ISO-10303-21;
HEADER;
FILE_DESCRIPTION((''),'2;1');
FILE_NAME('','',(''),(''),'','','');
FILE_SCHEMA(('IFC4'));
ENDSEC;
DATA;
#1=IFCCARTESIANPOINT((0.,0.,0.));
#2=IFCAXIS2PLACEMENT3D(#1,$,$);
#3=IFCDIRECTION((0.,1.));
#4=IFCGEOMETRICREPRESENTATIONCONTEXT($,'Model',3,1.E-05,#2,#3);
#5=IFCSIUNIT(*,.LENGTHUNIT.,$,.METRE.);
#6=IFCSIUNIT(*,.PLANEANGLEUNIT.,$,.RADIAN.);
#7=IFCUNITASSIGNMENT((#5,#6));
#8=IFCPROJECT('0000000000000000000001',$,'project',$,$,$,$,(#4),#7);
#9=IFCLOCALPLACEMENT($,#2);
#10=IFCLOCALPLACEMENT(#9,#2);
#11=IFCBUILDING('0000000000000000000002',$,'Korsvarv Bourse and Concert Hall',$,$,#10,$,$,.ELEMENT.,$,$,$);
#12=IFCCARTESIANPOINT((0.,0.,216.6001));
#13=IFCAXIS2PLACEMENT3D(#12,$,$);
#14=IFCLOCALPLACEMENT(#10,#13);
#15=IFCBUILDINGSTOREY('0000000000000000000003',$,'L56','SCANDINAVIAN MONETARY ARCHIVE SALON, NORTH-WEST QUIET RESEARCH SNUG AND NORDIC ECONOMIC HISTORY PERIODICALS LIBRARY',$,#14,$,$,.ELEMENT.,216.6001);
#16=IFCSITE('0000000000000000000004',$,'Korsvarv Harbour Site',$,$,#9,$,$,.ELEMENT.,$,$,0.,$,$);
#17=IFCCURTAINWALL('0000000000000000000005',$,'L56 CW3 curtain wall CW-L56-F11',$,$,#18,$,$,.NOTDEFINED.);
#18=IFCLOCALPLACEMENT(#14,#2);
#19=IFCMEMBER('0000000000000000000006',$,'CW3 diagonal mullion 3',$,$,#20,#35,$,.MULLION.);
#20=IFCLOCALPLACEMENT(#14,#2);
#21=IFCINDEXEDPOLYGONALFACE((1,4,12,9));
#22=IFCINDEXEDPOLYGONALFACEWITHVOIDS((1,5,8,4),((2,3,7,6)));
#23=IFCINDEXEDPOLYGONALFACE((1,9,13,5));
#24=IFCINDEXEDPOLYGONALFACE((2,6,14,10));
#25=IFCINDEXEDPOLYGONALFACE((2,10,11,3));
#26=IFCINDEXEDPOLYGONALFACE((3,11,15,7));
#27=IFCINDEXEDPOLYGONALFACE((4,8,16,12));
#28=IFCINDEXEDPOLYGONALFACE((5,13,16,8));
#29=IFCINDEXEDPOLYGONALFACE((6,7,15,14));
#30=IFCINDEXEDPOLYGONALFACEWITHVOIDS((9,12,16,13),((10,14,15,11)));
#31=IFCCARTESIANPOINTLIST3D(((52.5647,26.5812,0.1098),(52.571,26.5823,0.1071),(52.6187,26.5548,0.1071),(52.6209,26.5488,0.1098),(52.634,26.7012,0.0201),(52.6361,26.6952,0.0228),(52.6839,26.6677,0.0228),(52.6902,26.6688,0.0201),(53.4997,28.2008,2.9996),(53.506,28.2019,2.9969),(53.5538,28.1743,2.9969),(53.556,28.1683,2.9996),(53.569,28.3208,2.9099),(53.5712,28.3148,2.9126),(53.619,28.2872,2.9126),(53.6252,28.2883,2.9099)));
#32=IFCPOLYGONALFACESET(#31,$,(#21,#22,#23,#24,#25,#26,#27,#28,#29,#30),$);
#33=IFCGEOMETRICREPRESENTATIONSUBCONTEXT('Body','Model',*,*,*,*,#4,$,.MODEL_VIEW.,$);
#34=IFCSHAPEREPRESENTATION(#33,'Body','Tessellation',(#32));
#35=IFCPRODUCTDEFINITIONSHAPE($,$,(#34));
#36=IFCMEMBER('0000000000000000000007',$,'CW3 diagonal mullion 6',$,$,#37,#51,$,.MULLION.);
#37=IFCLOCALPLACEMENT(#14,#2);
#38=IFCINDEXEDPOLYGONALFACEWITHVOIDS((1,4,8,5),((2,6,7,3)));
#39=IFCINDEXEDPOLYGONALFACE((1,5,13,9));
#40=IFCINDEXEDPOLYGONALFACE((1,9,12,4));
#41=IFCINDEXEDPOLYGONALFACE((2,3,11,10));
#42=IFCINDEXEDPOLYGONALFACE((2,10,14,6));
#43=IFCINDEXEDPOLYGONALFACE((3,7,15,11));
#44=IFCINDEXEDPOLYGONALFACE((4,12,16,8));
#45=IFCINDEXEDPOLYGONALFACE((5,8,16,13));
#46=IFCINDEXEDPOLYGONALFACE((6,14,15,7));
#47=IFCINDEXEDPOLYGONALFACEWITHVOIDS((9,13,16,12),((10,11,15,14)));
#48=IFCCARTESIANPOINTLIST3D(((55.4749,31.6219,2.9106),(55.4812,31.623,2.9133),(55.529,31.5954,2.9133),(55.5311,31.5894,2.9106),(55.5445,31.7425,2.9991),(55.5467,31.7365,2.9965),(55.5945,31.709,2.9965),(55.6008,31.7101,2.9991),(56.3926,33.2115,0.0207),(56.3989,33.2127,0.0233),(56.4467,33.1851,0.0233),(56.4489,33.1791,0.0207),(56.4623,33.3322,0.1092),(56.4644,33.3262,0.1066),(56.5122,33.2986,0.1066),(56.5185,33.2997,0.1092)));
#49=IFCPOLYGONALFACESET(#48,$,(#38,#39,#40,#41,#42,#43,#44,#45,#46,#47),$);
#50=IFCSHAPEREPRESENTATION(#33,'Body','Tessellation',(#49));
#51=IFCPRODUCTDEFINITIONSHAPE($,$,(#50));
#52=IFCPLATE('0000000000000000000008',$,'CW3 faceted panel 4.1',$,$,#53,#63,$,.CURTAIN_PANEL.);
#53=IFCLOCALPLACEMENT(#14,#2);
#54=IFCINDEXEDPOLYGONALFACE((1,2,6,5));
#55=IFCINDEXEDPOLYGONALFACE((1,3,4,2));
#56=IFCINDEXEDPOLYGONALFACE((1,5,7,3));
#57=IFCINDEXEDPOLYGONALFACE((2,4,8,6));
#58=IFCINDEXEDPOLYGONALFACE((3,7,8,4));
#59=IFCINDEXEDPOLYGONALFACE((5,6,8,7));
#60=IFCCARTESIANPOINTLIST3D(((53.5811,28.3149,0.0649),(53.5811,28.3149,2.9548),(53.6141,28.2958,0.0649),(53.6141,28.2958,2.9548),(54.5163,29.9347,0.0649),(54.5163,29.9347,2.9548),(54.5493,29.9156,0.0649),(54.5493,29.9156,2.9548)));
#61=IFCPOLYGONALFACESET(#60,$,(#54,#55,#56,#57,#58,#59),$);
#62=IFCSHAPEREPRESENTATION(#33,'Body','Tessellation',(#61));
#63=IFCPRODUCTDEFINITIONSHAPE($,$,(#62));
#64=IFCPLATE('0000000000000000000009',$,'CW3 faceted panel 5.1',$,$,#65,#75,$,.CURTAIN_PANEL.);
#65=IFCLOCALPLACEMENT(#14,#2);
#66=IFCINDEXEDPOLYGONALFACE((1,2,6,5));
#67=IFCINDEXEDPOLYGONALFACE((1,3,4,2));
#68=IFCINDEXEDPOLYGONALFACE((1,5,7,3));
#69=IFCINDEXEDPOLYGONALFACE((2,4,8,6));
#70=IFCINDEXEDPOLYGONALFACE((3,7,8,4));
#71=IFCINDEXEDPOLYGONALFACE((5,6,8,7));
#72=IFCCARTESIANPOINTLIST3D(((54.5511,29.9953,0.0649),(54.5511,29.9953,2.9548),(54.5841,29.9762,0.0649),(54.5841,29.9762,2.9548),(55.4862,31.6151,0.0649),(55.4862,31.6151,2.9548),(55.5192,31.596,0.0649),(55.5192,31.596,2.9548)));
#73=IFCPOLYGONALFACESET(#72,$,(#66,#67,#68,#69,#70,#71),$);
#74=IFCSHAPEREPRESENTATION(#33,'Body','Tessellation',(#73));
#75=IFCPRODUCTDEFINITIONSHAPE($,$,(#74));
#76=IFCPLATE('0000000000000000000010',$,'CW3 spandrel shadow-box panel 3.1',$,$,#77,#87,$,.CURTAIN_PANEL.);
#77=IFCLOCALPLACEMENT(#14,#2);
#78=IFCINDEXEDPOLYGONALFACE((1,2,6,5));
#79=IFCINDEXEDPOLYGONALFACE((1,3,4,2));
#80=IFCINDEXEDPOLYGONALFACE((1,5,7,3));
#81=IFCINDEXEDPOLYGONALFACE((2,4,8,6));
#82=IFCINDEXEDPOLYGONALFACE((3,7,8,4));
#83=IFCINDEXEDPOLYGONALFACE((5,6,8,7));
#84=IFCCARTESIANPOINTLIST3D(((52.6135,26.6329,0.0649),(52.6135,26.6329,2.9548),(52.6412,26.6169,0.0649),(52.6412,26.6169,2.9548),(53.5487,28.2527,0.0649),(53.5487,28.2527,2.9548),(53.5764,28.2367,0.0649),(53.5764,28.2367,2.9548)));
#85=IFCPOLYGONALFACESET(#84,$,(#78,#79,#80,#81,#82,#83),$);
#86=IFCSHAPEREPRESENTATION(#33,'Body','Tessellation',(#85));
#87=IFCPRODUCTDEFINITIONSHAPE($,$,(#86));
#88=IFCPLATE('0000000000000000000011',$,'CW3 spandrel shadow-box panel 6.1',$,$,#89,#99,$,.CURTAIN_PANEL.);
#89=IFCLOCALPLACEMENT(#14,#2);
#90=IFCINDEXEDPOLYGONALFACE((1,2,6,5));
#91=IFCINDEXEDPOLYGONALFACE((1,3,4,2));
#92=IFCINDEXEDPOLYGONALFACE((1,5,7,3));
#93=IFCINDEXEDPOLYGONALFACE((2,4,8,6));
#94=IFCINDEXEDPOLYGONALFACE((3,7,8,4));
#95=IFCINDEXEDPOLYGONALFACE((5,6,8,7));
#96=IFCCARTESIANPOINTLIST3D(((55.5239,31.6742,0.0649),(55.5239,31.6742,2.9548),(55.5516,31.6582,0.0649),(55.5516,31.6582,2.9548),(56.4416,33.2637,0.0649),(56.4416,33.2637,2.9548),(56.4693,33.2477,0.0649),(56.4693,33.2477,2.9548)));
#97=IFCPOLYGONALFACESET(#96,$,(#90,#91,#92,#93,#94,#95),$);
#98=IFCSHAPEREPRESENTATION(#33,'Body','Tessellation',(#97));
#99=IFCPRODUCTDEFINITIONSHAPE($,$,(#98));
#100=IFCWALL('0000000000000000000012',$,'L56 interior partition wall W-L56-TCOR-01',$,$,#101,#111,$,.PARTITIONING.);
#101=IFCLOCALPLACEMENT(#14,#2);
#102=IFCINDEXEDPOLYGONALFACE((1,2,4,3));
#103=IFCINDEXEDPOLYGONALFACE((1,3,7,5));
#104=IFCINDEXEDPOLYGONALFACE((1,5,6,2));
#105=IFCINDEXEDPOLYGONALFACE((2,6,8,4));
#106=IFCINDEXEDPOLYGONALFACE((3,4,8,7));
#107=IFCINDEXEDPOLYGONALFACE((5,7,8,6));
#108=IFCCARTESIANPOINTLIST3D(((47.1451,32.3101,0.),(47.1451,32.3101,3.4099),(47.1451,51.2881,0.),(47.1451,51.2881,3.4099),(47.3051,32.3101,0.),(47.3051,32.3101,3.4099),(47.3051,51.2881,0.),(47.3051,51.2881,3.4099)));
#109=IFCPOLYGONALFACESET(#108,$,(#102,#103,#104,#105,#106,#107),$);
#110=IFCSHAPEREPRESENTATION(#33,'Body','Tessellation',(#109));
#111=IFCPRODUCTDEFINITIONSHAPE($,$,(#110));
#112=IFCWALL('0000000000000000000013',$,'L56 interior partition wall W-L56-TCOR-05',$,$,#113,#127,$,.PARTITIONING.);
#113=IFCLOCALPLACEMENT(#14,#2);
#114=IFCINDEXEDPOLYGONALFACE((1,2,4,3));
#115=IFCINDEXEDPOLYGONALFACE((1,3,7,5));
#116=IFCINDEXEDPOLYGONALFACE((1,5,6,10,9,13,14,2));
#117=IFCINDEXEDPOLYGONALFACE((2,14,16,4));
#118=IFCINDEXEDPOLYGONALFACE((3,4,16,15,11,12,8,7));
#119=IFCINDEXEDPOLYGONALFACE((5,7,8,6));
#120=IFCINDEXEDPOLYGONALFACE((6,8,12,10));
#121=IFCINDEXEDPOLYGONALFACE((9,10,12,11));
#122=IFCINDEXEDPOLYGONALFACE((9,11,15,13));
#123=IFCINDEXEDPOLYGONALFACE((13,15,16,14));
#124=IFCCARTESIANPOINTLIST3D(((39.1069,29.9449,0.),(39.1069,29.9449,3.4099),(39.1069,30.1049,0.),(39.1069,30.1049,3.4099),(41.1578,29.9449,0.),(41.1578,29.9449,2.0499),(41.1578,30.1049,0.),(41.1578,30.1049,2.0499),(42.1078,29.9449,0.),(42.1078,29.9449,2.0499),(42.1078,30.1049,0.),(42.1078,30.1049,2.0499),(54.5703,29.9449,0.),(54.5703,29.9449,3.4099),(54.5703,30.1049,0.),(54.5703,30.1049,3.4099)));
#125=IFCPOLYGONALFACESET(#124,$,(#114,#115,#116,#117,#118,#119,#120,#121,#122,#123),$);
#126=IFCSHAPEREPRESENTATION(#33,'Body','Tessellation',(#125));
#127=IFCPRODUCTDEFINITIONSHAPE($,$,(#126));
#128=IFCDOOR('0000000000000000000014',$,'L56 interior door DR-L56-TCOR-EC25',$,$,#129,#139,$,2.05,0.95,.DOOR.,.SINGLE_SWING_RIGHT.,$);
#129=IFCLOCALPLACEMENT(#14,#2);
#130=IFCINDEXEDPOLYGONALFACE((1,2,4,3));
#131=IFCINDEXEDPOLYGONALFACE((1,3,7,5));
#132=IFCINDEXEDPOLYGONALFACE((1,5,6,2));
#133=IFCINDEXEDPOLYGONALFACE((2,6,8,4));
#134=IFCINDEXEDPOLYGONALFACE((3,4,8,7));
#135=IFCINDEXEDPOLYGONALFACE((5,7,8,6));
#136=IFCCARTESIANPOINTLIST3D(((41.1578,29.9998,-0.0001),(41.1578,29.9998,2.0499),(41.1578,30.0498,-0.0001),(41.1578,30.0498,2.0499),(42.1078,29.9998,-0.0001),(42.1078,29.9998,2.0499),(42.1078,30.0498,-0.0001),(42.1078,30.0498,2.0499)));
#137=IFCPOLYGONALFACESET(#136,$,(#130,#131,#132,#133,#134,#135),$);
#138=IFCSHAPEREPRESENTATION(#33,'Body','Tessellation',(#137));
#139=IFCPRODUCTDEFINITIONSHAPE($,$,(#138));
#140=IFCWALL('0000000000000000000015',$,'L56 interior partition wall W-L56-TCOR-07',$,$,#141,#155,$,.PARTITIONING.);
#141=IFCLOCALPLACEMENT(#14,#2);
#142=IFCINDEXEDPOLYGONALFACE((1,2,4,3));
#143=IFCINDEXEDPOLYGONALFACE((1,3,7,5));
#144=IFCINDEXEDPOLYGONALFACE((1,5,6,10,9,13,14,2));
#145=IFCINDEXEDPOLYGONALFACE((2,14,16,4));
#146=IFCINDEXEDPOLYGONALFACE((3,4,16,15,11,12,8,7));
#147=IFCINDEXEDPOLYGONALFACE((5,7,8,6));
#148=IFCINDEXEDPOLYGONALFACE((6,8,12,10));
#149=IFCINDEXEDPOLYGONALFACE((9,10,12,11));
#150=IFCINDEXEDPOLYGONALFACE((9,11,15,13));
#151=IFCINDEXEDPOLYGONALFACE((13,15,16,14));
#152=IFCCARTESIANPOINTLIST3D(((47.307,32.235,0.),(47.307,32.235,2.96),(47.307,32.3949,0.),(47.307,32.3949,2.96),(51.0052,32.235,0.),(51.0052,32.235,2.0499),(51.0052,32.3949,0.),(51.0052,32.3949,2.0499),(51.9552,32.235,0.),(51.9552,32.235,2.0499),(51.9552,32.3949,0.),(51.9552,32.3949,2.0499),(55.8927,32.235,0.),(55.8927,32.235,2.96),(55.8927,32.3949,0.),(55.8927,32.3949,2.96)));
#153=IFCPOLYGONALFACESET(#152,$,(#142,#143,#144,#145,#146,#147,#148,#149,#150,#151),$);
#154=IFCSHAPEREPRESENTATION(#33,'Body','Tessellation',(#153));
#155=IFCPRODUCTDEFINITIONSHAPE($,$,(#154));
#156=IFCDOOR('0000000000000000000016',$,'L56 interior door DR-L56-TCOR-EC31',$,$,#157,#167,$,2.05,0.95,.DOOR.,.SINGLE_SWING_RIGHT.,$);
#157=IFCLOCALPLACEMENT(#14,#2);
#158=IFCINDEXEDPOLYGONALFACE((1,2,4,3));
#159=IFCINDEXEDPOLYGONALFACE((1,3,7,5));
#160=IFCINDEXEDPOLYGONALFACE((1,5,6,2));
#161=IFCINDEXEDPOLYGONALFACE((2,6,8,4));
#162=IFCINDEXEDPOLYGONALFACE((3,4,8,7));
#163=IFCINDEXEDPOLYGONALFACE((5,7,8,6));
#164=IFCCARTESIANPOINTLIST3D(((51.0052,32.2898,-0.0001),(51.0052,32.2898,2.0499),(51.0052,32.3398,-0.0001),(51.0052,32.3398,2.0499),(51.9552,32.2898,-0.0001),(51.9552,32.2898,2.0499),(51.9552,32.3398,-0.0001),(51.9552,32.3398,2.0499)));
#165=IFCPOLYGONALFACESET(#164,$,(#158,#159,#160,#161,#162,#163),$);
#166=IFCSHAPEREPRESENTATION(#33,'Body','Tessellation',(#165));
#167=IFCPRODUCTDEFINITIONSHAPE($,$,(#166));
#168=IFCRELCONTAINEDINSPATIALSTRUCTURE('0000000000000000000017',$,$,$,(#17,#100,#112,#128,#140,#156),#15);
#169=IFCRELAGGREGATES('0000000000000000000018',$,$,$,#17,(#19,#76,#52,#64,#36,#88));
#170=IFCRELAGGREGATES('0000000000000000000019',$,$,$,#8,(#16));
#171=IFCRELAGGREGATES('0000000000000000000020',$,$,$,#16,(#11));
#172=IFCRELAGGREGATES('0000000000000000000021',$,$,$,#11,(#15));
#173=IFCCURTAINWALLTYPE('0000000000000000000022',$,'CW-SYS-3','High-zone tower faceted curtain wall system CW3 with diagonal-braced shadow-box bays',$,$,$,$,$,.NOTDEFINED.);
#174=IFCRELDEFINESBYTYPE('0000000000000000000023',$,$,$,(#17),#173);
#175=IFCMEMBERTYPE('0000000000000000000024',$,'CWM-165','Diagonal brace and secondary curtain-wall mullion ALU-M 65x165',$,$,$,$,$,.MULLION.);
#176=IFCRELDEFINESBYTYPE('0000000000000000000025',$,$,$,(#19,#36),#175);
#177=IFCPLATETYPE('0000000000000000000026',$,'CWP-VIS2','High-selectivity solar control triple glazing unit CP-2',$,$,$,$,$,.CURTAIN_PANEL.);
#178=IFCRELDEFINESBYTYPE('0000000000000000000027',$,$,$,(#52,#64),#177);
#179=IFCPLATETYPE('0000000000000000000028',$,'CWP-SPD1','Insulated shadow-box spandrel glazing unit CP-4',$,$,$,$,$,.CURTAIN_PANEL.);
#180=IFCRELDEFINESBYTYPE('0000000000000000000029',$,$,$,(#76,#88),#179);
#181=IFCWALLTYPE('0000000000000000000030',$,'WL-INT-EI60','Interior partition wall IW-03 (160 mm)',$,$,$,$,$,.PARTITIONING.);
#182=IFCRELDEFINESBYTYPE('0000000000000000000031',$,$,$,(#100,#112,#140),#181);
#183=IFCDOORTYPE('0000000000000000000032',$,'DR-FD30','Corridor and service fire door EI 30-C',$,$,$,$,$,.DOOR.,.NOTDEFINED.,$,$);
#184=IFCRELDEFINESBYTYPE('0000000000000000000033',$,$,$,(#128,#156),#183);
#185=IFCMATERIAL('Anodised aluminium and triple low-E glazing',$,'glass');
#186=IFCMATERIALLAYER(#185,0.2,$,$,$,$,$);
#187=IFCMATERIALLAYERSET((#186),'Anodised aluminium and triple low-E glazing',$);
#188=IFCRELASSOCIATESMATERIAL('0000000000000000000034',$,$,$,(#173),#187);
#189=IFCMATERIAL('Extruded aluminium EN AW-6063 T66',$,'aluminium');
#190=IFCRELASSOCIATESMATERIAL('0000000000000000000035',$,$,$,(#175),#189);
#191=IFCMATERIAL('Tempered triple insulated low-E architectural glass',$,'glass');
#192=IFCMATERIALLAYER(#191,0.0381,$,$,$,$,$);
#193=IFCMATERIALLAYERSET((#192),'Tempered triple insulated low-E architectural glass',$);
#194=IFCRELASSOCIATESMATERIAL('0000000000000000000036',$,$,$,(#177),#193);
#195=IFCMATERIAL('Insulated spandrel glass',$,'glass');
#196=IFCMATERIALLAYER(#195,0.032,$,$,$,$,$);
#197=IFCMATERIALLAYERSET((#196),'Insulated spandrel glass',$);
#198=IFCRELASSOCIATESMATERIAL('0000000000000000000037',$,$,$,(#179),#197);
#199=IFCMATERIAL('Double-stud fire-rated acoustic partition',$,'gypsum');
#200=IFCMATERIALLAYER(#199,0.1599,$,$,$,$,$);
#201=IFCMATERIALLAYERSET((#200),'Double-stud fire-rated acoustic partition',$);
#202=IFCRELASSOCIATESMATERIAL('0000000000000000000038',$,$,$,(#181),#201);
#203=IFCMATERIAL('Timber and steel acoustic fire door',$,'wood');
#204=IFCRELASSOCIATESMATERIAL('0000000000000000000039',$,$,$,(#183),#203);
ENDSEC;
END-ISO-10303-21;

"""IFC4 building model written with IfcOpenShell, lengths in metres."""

from ifc_helpers import new_model, si_unit, direction, frame, frame_2d, origin, origin_2d, place, context, subcontext, project, spatial, rectangle, hollow_rectangle, extrude, source, transform, mapped, material, layer, layer_set, material_profile, profile_set, type_object, element, fill, aggregate, save


model = new_model("IFC4")

# Units and contexts
model_context = context("Model", 3, precision=1e-05, world=origin(), true_north=direction((0.0, 1.0)))
body_context = subcontext(model_context, "Body", "Model", "MODEL_VIEW")
ifc_project = project(units=[si_unit("LENGTHUNIT", "METRE"), si_unit("PLANEANGLEUNIT", "RADIAN")], contexts=[model_context])

# Site, building, storey
site_placement = place(None, origin())
site = spatial("IfcSite", under=ifc_project, at=site_placement, Name="Korsvarv Harbour Site", CompositionType="ELEMENT", RefElevation=0.0)
building_placement = place(site_placement, origin())
building = spatial("IfcBuilding", under=site, at=building_placement, Name="Korsvarv Bourse and Concert Hall", CompositionType="ELEMENT")
storey_placement = place(building_placement, frame((0.0, 0.0, 216.6001)))
storey = spatial("IfcBuildingStorey", under=building, at=storey_placement, Name="L56", Description="SCANDINAVIAN MONETARY ARCHIVE SALON, NORTH-WEST QUIET RESEARCH SNUG AND NORDIC ECONOMIC HISTORY PERIODICALS LIBRARY", CompositionType="ELEMENT", Elevation=216.6001)

# Curtain wall, members, plates
ifc_material_1 = material(Name="Anodised aluminium and triple low-E glazing", Category="glass")
ifc_layer_1 = layer(ifc_material_1, 0.2)
ifc_layer_set_1 = layer_set([ifc_layer_1], Name="Anodised aluminium and triple low-E glazing")
curtain_wall_type = type_object("IfcCurtainWallType", Name="CW-SYS-3", Description="High-zone tower faceted curtain wall system CW3 with diagonal-braced shadow-box bays", PredefinedType="NOTDEFINED", material=ifc_layer_set_1)
curtain_wall_placement = place(storey_placement, origin())
curtain_wall = element("IfcCurtainWall", 1, at=curtain_wall_placement, inside=storey, type_object=curtain_wall_type, Name="L56 CW3 curtain wall CW-L56-F11", PredefinedType="NOTDEFINED")
ifc_material_2 = material(Name="Extruded aluminium EN AW-6063 T66", Category="aluminium")
ifc_material_profile_1 = material_profile(ifc_material_2, hollow_rectangle(XDim=0.0649, YDim=0.165, WallThickness=0.0049, at=origin_2d()), Name="ALU-M 65x165")
ifc_profile_set_1 = profile_set([ifc_material_profile_1], Name="Extruded aluminium EN AW-6063 T66")
member_type_1 = type_object("IfcMemberType", Name="CWM-165", Description="Diagonal brace and secondary curtain-wall mullion ALU-M 65x165", PredefinedType="MULLION", material=ifc_profile_set_1)
shared_shape_1 = source(origin(), body_context, "Body", "SweptSolid", [
    extrude(hollow_rectangle(XDim=0.0649, YDim=0.165, WallThickness=0.0049, at=origin_2d()), origin(), (0.0, 0.0, 1.0), 3.4421),
])
member_1_placement = place(storey_placement, frame((52.6274, 26.625, 0.0649), z_axis=(0.271643, 0.470516, 0.839539), x_axis=(-0.866033, 0.499986, 0.0)))
member_1 = element("IfcMember", 2, at=member_1_placement, type_object=member_type_1, Name="CW3 diagonal mullion 3", PredefinedType="MULLION", context=body_context, shape_type="MappedRepresentation", body=[
    mapped(shared_shape_1, transform((0.0, 0.0, 0.0), scale=1.0)),
])
shared_shape_2 = source(origin(), body_context, "Body", "SweptSolid", [
    extrude(hollow_rectangle(XDim=0.0649, YDim=0.165, WallThickness=0.0049, at=origin_2d()), origin(), (0.0, 0.0, 1.0), 3.4236),
])
member_2_placement = place(storey_placement, frame((56.4556, 33.2556, 0.0649), z_axis=(-0.268064, -0.464317, 0.844128), x_axis=(0.866033, -0.499987, 0.0)))
member_2 = element("IfcMember", 3, at=member_2_placement, type_object=member_type_1, Name="CW3 diagonal mullion 6", PredefinedType="MULLION", context=body_context, shape_type="MappedRepresentation", body=[
    mapped(shared_shape_2, transform((0.0, 0.0, 0.0), scale=1.0)),
])
ifc_material_3 = material(Name="Tempered triple insulated low-E architectural glass", Category="glass")
ifc_layer_2 = layer(ifc_material_3, 0.0381)
ifc_layer_set_2 = layer_set([ifc_layer_2], Name="Tempered triple insulated low-E architectural glass")
plate_type_1 = type_object("IfcPlateType", Name="CWP-VIS2", Description="High-selectivity solar control triple glazing unit CP-2", PredefinedType="CURTAIN_PANEL", material=ifc_layer_set_2)
shared_shape_3 = source(origin(), body_context, "Body", "SweptSolid", [
    extrude(rectangle(XDim=1.8704, YDim=0.0381, at=origin_2d()), origin(), (0.0, 0.0, 1.0), 2.8899),
])
plate_1_placement = place(storey_placement, frame((54.0652, 29.1152, 0.0649), z_axis=(0.0, 0.0, 1.0), x_axis=(0.499992, 0.86603, 0.0)))
plate_1 = element("IfcPlate", 4, at=plate_1_placement, type_object=plate_type_1, Name="CW3 faceted panel 4.1", PredefinedType="CURTAIN_PANEL", context=body_context, shape_type="MappedRepresentation", body=[
    mapped(shared_shape_3, transform((0.0, 0.0, 0.0), scale=1.0)),
])
plate_2_placement = place(storey_placement, frame((55.0352, 30.7957, 0.0649), z_axis=(0.0, 0.0, 1.0), x_axis=(0.499992, 0.86603, 0.0)))
plate_2 = element("IfcPlate", 5, at=plate_2_placement, type_object=plate_type_1, Name="CW3 faceted panel 5.1", PredefinedType="CURTAIN_PANEL", context=body_context, shape_type="MappedRepresentation", body=[
    mapped(shared_shape_3, transform((0.0, 0.0, 0.0), scale=1.0)),
])
ifc_material_4 = material(Name="Insulated spandrel glass", Category="glass")
ifc_layer_3 = layer(ifc_material_4, 0.032)
ifc_layer_set_3 = layer_set([ifc_layer_3], Name="Insulated spandrel glass")
plate_type_2 = type_object("IfcPlateType", Name="CWP-SPD1", Description="Insulated shadow-box spandrel glazing unit CP-4", PredefinedType="CURTAIN_PANEL", material=ifc_layer_set_3)
shared_shape_4 = source(origin(), body_context, "Body", "SweptSolid", [
    extrude(rectangle(XDim=1.8704, YDim=0.032, at=origin_2d()), origin(), (0.0, 0.0, 1.0), 2.8899),
])
plate_3_placement = place(storey_placement, frame((53.095, 27.4348, 0.0649), z_axis=(0.0, 0.0, 1.0), x_axis=(0.499992, 0.86603, 0.0)))
plate_3 = element("IfcPlate", 6, at=plate_3_placement, type_object=plate_type_2, Name="CW3 spandrel shadow-box panel 3.1", PredefinedType="CURTAIN_PANEL", context=body_context, shape_type="MappedRepresentation", body=[
    mapped(shared_shape_4, transform((0.0, 0.0, 0.0), scale=1.0)),
])
shared_shape_5 = source(origin(), body_context, "Body", "SweptSolid", [
    extrude(rectangle(XDim=1.8354, YDim=0.032, at=origin_2d()), origin(), (0.0, 0.0, 1.0), 2.8899),
])
plate_4_placement = place(storey_placement, frame((55.9966, 32.4609, 0.0649), z_axis=(0.0, 0.0, 1.0), x_axis=(0.499992, 0.86603, 0.0)))
plate_4 = element("IfcPlate", 7, at=plate_4_placement, type_object=plate_type_2, Name="CW3 spandrel shadow-box panel 6.1", PredefinedType="CURTAIN_PANEL", context=body_context, shape_type="MappedRepresentation", body=[
    mapped(shared_shape_5, transform((0.0, 0.0, 0.0), scale=1.0)),
])
aggregate(curtain_wall, [member_1, plate_3, plate_1, plate_2, member_2, plate_4])

# Wall
ifc_material_5 = material(Name="Double-stud fire-rated acoustic partition", Category="gypsum")
ifc_layer_4 = layer(ifc_material_5, 0.1599)
ifc_layer_set_4 = layer_set([ifc_layer_4], Name="Double-stud fire-rated acoustic partition")
wall_type_1 = type_object("IfcWallType", Name="WL-INT-EI60", Description="Interior partition wall IW-03 (160 mm)", PredefinedType="PARTITIONING", material=ifc_layer_set_4)
wall_1_placement = place(storey_placement, frame((47.2251, 32.3101, 0.0), z_axis=(0.0, 0.0, 1.0), x_axis=(0.0, 1.0, 0.0)))
element("IfcWall", 8, at=wall_1_placement, inside=storey, type_object=wall_type_1, Name="L56 interior partition wall W-L56-TCOR-01", PredefinedType="PARTITIONING", context=body_context, shape_type="SweptSolid", body=[
    extrude(rectangle(XDim=18.978, YDim=0.1599, at=frame_2d((9.489, 0.0))), origin(), (0.0, 0.0, 1.0), 3.4099),
])

# Walls, openings, doors
wall_2_placement = place(storey_placement, frame((39.1069, 30.0249, 0.0), z_axis=(0.0, 0.0, 1.0), x_axis=(1.0, 0.0, 0.0)))
wall_2 = element("IfcWall", 9, at=wall_2_placement, inside=storey, type_object=wall_type_1, Name="L56 interior partition wall W-L56-TCOR-05", PredefinedType="PARTITIONING", context=body_context, shape_type="SweptSolid", body=[
    extrude(rectangle(XDim=15.4634, YDim=0.1599, at=frame_2d((7.7317, 0.0))), origin(), (0.0, 0.0, 1.0), 3.4099),
])
opening_1_placement = place(wall_2_placement, frame((2.0508, 0.0, 0.0)))
opening_1 = element("IfcOpeningElement", 10, at=opening_1_placement, cuts=wall_2, PredefinedType="OPENING", context=body_context, shape_type="SweptSolid", body=[
    extrude(rectangle(XDim=0.95, YDim=2.05, at=frame_2d((0.4751, 1.0249))), frame((0.0, 0.0898, 0.0), z_axis=(0.0, -1.0, 0.0), x_axis=(1.0, 0.0, 0.0)), (0.0, 0.0, 1.0), 0.1799),
])
ifc_material_6 = material(Name="Timber and steel acoustic fire door", Category="wood")
door_type = type_object("IfcDoorType", Name="DR-FD30", Description="Corridor and service fire door EI 30-C", OperationType="NOTDEFINED", PredefinedType="DOOR", material=ifc_material_6)
door_1_placement = place(opening_1_placement, origin())
door_1 = element("IfcDoor", 11, at=door_1_placement, inside=storey, type_object=door_type, Name="L56 interior door DR-L56-TCOR-EC25", OperationType="SINGLE_SWING_RIGHT", OverallHeight=2.05, OverallWidth=0.95, PredefinedType="DOOR", context=body_context, shape_type="SweptSolid", body=[
    extrude(rectangle(XDim=0.95, YDim=2.05, at=frame_2d((0.4751, 1.0249))), frame((0.0, 0.0249, 0.0), z_axis=(0.0, -1.0, 0.0), x_axis=(1.0, 0.0, 0.0)), (0.0, 0.0, 1.0), 0.05),
])
fill(opening_1, door_1)
wall_3_placement = place(storey_placement, frame((47.3069, 32.3149, 0.0), z_axis=(0.0, 0.0, 1.0), x_axis=(1.0, 0.0, 0.0)))
wall_3 = element("IfcWall", 12, at=wall_3_placement, inside=storey, type_object=wall_type_1, Name="L56 interior partition wall W-L56-TCOR-07", PredefinedType="PARTITIONING", context=body_context, shape_type="SweptSolid", body=[
    extrude(rectangle(XDim=8.5857, YDim=0.1599, at=frame_2d((4.293, 0.0))), origin(), (0.0, 0.0, 1.0), 2.96),
])
opening_2_placement = place(wall_3_placement, frame((3.6982, 0.0, 0.0)))
opening_2 = element("IfcOpeningElement", 13, at=opening_2_placement, cuts=wall_3, PredefinedType="OPENING", context=body_context, shape_type="SweptSolid", body=[
    extrude(rectangle(XDim=0.95, YDim=2.05, at=frame_2d((0.4751, 1.0249))), frame((0.0, 0.0898, 0.0), z_axis=(0.0, -1.0, 0.0), x_axis=(1.0, 0.0, 0.0)), (0.0, 0.0, 1.0), 0.1799),
])
door_2_placement = place(opening_2_placement, origin())
door_2 = element("IfcDoor", 14, at=door_2_placement, inside=storey, type_object=door_type, Name="L56 interior door DR-L56-TCOR-EC31", OperationType="SINGLE_SWING_RIGHT", OverallHeight=2.05, OverallWidth=0.95, PredefinedType="DOOR", context=body_context, shape_type="SweptSolid", body=[
    extrude(rectangle(XDim=0.95, YDim=2.05, at=frame_2d((0.4751, 1.0249))), frame((0.0, 0.0249, 0.0), z_axis=(0.0, -1.0, 0.0), x_axis=(1.0, 0.0, 0.0)), (0.0, 0.0, 1.0), 0.05),
])
fill(opening_2, door_2)

save(model, "model.ifc")
